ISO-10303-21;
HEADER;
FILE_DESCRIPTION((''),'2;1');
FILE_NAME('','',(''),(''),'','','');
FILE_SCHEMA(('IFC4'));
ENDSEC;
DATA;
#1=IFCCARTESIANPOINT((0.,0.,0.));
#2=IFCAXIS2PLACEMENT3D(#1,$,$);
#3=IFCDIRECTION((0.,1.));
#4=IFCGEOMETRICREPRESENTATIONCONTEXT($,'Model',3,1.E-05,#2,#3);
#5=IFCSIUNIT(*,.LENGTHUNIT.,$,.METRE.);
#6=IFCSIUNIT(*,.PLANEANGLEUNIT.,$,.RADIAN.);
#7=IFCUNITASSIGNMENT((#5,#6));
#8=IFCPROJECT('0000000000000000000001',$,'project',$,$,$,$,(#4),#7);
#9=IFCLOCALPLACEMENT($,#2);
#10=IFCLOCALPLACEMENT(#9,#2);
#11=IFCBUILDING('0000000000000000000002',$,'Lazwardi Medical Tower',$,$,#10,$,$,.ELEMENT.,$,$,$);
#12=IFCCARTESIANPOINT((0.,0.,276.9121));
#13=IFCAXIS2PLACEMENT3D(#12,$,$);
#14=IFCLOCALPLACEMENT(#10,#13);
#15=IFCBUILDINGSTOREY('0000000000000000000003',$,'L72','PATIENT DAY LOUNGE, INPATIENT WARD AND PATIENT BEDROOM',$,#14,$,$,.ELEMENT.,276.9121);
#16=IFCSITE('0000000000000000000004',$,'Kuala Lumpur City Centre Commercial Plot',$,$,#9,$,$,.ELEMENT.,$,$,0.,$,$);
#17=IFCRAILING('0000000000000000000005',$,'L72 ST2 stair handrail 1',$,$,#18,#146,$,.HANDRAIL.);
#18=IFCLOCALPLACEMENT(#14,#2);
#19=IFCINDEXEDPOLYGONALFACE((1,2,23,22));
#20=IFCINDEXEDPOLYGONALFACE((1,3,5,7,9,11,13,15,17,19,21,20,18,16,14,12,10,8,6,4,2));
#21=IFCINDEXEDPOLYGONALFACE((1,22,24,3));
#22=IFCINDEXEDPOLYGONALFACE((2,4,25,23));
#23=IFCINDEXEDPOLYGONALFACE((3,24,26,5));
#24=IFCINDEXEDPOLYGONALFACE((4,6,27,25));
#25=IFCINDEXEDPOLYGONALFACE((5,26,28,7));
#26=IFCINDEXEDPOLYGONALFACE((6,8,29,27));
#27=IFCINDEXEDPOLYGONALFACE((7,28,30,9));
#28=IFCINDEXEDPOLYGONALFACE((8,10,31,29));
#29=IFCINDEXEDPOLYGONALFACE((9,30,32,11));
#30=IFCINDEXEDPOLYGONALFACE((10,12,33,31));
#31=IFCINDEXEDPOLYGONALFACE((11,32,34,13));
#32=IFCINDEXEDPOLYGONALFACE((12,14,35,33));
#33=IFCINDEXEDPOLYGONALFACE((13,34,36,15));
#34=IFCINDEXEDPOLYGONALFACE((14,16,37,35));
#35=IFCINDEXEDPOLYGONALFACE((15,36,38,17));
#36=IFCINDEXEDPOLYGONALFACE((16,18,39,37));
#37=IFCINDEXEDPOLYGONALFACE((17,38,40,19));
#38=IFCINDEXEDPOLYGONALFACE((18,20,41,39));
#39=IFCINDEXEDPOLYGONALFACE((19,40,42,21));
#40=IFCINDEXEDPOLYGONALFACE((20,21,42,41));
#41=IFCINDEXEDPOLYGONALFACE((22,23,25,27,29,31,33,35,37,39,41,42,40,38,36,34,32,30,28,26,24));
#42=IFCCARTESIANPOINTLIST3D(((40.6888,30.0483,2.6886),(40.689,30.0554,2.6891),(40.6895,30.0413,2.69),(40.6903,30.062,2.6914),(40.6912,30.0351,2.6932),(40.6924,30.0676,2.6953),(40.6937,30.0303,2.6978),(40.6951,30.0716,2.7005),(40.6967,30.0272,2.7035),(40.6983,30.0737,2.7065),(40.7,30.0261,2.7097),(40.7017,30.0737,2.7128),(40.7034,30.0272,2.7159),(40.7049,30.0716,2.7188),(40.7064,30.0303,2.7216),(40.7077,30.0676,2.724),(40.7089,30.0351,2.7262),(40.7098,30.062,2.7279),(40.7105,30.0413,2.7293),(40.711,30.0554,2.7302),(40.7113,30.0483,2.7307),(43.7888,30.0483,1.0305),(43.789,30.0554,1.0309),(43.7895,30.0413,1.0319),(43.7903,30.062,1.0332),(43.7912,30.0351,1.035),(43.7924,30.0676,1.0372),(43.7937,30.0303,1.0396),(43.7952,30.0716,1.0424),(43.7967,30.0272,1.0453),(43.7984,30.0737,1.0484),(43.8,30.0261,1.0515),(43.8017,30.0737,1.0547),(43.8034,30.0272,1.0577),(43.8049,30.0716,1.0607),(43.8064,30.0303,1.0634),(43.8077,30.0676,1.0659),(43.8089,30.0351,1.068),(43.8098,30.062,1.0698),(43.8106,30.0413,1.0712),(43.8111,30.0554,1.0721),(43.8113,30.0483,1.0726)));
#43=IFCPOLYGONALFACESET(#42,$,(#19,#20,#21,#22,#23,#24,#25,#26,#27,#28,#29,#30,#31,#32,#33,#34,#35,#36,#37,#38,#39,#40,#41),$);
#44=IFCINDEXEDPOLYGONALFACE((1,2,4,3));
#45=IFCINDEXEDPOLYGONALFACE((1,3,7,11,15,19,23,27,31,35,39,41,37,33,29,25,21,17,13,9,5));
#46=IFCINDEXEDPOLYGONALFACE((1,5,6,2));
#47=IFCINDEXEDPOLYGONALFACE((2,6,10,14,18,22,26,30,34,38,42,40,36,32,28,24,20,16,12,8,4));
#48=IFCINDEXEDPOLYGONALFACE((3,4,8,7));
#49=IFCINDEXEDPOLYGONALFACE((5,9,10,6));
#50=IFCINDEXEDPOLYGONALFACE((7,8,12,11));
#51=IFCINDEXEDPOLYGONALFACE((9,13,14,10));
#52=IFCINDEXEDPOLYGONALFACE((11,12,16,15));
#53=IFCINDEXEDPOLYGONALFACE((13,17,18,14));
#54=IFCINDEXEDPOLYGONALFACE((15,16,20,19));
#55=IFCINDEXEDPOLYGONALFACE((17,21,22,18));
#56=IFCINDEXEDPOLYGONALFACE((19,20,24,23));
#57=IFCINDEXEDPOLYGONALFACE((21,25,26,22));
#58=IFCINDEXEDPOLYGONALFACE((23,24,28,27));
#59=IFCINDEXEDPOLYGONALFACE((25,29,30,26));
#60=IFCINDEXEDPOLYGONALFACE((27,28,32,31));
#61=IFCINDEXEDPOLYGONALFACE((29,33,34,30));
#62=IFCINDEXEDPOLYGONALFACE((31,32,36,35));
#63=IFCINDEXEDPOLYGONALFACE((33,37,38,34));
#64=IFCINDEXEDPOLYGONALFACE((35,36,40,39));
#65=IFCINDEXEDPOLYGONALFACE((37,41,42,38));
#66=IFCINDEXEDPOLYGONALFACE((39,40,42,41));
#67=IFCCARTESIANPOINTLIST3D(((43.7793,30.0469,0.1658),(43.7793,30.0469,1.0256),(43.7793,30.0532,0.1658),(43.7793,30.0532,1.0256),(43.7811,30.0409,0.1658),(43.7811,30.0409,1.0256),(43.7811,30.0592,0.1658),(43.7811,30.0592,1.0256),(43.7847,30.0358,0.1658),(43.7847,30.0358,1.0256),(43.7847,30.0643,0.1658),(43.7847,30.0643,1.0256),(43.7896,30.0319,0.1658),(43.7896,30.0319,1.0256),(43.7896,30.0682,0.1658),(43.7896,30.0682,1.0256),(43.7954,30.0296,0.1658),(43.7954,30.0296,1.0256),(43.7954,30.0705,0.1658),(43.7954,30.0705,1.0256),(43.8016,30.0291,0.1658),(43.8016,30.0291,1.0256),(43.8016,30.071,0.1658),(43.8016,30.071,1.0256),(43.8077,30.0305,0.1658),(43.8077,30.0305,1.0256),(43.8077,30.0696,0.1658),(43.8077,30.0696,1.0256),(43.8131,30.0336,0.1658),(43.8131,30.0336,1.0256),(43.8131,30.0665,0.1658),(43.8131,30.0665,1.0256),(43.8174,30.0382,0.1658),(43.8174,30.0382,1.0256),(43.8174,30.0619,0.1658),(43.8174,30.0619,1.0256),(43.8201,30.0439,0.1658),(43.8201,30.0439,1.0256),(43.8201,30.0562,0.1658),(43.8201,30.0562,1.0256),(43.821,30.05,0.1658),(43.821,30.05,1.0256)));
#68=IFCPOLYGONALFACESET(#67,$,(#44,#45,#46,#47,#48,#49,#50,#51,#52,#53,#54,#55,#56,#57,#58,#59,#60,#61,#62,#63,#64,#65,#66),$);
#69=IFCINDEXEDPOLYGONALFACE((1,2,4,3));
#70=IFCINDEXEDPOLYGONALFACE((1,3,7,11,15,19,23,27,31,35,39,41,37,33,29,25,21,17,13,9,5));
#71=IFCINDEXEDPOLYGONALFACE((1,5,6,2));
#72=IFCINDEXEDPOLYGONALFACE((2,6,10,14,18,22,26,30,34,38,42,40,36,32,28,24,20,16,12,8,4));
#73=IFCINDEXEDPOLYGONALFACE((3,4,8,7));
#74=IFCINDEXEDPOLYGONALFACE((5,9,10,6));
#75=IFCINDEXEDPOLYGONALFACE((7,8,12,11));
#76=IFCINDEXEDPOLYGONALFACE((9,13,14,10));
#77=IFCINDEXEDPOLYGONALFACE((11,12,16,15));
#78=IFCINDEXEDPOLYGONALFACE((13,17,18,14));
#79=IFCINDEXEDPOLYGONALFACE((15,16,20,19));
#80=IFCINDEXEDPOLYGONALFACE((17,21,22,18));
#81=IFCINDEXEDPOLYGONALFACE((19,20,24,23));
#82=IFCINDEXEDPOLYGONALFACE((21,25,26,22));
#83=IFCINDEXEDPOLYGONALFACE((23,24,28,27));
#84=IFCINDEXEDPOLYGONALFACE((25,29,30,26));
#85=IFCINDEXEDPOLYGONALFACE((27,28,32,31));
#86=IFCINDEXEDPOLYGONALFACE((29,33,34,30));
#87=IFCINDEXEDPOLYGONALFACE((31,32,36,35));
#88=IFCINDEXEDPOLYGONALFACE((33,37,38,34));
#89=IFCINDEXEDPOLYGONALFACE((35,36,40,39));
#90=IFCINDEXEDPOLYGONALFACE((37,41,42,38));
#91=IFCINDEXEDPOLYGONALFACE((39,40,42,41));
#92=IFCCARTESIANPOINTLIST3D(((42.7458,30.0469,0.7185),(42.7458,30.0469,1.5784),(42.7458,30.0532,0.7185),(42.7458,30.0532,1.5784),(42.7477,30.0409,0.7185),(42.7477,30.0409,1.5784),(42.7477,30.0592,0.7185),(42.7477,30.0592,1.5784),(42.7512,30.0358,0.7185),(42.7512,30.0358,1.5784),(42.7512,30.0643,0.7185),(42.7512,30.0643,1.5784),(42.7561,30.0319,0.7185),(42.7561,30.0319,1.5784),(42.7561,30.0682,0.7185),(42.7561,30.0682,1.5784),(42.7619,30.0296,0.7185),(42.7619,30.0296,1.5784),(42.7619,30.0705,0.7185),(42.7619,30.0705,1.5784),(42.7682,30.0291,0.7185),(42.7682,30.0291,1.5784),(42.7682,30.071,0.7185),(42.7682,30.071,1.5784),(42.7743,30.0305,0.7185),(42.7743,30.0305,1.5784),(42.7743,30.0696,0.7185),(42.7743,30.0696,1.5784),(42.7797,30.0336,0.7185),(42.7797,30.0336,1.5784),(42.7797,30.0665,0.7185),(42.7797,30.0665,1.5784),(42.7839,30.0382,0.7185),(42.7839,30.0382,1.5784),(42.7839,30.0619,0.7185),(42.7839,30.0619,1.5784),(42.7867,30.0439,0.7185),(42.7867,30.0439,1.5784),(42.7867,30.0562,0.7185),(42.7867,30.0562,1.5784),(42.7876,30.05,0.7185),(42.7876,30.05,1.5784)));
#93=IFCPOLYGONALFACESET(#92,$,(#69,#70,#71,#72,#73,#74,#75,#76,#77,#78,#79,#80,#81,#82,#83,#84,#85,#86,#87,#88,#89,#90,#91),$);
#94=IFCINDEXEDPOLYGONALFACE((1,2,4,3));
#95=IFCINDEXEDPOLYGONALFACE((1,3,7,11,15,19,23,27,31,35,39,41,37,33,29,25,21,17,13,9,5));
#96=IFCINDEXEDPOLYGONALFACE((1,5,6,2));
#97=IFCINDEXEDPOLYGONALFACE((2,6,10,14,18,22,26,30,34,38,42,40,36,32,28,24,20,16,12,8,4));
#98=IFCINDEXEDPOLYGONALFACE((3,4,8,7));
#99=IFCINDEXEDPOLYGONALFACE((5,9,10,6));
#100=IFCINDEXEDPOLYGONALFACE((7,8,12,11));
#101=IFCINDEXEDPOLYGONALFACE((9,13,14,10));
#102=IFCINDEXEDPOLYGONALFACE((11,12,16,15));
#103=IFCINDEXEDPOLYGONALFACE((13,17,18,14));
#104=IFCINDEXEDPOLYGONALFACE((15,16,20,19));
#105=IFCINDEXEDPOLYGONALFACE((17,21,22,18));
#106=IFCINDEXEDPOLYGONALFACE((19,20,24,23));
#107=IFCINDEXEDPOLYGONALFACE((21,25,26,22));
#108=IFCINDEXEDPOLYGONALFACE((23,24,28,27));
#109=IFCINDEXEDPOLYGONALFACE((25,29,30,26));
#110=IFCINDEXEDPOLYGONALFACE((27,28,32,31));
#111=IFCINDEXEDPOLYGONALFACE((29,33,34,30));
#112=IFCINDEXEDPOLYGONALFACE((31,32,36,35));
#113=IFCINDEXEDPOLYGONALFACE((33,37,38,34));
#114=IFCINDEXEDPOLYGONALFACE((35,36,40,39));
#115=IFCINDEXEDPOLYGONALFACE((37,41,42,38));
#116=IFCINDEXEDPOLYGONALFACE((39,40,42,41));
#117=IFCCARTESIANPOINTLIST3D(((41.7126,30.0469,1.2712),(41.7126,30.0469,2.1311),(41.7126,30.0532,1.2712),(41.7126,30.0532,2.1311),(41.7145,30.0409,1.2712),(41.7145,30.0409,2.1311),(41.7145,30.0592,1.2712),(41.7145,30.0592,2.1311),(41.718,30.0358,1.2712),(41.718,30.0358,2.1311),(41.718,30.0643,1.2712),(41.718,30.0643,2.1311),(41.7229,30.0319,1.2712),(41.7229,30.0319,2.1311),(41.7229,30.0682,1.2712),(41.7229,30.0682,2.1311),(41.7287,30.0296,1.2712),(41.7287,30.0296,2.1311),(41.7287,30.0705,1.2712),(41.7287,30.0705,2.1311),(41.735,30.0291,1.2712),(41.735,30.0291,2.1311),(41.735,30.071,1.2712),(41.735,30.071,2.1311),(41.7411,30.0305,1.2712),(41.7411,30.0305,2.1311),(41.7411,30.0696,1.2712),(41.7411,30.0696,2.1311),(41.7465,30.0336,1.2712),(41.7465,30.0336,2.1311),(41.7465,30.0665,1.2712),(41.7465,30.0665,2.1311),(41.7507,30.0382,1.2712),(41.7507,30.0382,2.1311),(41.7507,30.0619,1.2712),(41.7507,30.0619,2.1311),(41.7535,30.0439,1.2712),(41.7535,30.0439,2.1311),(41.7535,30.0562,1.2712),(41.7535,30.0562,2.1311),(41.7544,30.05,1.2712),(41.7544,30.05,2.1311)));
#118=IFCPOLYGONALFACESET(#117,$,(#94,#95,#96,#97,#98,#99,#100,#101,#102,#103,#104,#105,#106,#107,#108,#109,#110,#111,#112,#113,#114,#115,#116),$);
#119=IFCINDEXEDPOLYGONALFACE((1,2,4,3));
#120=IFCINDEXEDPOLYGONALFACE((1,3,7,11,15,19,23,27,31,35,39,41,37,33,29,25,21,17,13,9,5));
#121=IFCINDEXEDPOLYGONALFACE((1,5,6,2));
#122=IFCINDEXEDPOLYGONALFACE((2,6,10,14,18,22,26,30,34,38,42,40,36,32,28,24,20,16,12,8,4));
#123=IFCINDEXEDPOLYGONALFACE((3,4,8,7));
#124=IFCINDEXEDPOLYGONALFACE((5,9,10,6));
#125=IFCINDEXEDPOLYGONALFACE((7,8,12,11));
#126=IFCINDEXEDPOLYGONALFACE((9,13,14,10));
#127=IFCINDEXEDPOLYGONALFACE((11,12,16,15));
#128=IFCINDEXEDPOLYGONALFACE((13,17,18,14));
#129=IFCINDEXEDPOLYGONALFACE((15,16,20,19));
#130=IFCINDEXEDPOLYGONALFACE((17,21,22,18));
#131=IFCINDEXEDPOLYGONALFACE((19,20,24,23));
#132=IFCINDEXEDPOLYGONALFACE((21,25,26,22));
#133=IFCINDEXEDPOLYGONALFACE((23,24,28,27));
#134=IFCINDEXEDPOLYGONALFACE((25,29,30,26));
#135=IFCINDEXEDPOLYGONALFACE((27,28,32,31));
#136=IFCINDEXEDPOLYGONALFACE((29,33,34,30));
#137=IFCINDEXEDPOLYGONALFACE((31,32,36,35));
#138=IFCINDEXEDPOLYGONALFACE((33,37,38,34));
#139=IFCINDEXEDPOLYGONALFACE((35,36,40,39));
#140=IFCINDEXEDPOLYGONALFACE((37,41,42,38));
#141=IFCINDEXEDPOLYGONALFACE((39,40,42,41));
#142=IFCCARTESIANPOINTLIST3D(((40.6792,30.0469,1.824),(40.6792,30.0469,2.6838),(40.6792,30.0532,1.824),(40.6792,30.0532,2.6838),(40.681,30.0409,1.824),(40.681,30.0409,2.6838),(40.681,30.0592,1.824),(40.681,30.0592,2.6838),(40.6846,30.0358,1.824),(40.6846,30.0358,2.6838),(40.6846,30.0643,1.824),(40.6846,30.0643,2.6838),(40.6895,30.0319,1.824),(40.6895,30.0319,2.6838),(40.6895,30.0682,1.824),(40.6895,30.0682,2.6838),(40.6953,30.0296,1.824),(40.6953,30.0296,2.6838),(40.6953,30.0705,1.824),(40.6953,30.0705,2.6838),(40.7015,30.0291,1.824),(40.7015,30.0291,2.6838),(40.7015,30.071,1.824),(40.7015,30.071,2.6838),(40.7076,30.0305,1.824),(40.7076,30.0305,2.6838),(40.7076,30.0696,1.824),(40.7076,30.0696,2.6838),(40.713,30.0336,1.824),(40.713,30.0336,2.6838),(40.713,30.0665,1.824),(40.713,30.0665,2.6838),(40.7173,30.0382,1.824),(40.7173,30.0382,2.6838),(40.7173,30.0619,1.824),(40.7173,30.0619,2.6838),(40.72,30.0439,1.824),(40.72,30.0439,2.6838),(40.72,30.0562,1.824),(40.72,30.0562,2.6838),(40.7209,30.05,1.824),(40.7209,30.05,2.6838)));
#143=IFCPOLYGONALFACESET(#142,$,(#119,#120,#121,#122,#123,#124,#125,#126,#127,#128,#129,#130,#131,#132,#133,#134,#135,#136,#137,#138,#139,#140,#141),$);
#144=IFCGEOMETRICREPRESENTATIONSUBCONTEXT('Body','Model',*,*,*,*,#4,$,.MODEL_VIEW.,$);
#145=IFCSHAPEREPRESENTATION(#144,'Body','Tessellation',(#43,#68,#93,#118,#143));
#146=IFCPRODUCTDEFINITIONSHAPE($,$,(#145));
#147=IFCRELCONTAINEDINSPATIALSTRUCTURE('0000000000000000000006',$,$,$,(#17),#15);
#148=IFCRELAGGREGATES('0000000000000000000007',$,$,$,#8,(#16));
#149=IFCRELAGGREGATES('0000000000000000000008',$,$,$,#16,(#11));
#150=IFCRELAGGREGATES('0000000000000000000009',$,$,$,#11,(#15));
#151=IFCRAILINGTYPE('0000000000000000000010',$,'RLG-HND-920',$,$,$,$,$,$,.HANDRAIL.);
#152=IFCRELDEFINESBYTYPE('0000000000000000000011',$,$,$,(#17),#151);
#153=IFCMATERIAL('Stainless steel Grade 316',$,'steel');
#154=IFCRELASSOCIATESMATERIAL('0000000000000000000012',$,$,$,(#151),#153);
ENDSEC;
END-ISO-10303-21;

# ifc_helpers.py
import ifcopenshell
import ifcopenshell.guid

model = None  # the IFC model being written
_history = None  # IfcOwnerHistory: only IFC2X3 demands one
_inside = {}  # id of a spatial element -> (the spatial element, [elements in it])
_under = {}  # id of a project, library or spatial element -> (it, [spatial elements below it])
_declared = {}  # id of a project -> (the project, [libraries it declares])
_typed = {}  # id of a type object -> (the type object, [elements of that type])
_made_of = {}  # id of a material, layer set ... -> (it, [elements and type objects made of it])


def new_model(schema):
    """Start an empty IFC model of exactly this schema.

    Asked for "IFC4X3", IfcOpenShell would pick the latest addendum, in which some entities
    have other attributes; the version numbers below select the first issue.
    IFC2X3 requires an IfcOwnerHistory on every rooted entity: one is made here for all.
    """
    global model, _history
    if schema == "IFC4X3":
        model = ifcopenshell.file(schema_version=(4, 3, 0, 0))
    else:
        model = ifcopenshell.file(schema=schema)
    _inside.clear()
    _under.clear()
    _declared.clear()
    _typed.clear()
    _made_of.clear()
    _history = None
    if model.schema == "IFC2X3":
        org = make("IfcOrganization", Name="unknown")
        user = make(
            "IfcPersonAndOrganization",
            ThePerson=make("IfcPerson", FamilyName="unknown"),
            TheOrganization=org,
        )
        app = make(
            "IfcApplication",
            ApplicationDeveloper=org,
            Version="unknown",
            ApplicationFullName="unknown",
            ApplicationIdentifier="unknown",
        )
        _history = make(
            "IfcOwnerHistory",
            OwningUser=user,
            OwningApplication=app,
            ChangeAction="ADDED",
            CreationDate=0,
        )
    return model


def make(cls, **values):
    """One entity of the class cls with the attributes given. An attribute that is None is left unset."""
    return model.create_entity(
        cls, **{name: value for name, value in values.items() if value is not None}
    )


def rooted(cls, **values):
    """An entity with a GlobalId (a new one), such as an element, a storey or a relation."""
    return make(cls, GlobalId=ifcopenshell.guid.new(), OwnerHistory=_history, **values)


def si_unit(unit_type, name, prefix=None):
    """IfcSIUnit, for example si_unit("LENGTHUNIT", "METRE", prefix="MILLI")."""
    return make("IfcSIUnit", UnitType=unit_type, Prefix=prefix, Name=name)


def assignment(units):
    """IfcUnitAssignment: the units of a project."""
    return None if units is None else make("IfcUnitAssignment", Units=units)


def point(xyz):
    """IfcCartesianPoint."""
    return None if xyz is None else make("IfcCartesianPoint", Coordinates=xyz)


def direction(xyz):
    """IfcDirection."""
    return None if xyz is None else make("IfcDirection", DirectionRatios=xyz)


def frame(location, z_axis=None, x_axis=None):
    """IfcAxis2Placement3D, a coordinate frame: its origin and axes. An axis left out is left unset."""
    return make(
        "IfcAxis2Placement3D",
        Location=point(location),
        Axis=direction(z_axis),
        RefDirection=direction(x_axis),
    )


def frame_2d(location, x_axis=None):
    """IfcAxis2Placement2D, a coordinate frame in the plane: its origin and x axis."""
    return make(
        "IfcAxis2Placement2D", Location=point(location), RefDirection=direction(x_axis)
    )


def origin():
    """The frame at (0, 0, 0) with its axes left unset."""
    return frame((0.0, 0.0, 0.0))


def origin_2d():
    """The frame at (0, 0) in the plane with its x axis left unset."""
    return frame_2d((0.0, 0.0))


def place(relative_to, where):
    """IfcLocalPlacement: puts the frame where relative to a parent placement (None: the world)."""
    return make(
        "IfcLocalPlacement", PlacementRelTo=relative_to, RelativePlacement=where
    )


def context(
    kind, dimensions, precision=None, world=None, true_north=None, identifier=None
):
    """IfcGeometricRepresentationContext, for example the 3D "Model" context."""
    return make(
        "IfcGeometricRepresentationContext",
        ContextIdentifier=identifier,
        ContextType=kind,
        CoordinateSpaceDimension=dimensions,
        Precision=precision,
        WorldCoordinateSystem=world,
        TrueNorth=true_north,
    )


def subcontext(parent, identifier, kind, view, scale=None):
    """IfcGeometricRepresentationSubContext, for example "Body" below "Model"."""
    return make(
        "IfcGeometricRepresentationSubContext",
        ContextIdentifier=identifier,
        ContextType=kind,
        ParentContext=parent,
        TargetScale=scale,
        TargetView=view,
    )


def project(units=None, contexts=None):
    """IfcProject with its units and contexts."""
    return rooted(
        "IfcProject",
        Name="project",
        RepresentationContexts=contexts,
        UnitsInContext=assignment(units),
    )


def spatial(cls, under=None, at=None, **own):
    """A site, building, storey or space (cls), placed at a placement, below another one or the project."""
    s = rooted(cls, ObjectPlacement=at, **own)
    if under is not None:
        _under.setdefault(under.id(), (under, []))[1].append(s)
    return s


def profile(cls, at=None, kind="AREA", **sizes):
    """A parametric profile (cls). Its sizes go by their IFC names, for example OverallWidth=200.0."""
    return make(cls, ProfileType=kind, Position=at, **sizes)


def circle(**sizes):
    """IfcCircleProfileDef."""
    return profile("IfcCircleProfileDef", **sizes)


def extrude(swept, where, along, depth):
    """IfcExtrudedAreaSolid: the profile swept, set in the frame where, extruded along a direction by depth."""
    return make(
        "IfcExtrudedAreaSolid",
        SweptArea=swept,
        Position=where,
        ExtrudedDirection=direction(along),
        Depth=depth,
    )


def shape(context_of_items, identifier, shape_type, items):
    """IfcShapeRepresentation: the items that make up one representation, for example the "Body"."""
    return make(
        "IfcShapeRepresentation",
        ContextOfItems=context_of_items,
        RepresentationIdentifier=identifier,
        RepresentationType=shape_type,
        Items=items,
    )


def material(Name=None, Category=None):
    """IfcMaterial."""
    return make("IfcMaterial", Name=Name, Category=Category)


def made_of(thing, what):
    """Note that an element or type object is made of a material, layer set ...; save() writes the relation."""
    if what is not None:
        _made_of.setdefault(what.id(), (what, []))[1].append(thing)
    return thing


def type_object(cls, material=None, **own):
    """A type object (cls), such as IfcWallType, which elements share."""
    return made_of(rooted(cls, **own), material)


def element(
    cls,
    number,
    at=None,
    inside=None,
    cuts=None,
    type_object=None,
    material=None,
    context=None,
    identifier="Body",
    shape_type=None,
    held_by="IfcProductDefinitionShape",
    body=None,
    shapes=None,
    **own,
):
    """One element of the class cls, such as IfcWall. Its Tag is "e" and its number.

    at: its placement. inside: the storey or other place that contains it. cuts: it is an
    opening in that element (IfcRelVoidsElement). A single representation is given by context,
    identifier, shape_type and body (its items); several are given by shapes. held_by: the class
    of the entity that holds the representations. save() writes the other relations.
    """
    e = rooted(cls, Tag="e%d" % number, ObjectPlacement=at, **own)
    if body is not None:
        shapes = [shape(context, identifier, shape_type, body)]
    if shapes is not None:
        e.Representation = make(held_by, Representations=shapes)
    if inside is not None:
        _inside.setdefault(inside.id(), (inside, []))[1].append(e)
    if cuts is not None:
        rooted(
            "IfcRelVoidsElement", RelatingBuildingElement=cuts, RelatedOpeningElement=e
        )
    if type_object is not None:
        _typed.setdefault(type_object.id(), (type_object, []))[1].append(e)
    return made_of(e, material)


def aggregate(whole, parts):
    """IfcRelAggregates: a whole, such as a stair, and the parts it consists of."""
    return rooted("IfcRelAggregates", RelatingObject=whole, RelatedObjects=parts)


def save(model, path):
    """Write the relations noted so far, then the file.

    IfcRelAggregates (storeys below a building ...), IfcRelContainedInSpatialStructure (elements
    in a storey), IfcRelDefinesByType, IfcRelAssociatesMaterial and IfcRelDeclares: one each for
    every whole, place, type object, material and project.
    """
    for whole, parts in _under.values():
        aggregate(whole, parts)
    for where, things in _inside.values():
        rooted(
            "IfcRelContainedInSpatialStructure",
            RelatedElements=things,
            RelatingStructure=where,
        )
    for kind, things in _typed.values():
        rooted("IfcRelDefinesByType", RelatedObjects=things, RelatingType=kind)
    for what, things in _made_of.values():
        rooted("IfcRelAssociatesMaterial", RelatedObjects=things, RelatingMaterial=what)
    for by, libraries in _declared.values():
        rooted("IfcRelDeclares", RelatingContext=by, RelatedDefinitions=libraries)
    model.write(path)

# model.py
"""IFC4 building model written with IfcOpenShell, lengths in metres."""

from ifc_helpers import new_model, si_unit, direction, frame, origin, origin_2d, place, context, subcontext, project, spatial, circle, extrude, material, type_object, element, save


model = new_model("IFC4")

# Units and contexts
model_context = context("Model", 3, precision=1e-05, world=origin(), true_north=direction((0.0, 1.0)))
body_context = subcontext(model_context, "Body", "Model", "MODEL_VIEW")
ifc_project = project(units=[si_unit("LENGTHUNIT", "METRE"), si_unit("PLANEANGLEUNIT", "RADIAN")], contexts=[model_context])

# Site, building, storey
site_placement = place(None, origin())
site = spatial("IfcSite", under=ifc_project, at=site_placement, Name="Kuala Lumpur City Centre Commercial Plot", CompositionType="ELEMENT", RefElevation=0.0)
building_placement = place(site_placement, origin())
building = spatial("IfcBuilding", under=site, at=building_placement, Name="Lazwardi Medical Tower", CompositionType="ELEMENT")
storey_placement = place(building_placement, frame((0.0, 0.0, 276.9121)))
storey = spatial("IfcBuildingStorey", under=building, at=storey_placement, Name="L72", Description="PATIENT DAY LOUNGE, INPATIENT WARD AND PATIENT BEDROOM", CompositionType="ELEMENT", Elevation=276.9121)

# Railing
ifc_material_1 = material(Name="Stainless steel Grade 316", Category="steel")
railing_type_1 = type_object("IfcRailingType", Name="RLG-HND-920", PredefinedType="HANDRAIL", material=ifc_material_1)
railing_1_placement = place(storey_placement, frame((43.8, 30.05, 0.1658)))
element("IfcRailing", 1, at=railing_1_placement, inside=storey, type_object=railing_type_1, Name="L72 ST2 stair handrail 1", PredefinedType="HANDRAIL", context=body_context, shape_type="SweptSolid", body=[
    extrude(circle(Radius=0.0239, at=origin_2d()), frame((0.0, 0.0, 0.8857), z_axis=(-0.881783, 0.0, 0.471655), x_axis=(0.0, -1.0, 0.0)), (0.0, 0.0, 1.0), 3.5156),
    extrude(circle(Radius=0.021, at=origin_2d()), origin(), (0.0, 0.0, 1.0), 0.8599),
    extrude(circle(Radius=0.021, at=origin_2d()), frame((-1.0334, 0.0, 0.5527)), (0.0, 0.0, 1.0), 0.8599),
    extrude(circle(Radius=0.021, at=origin_2d()), frame((-2.0667, 0.0, 1.1055)), (0.0, 0.0, 1.0), 0.8599),
    extrude(circle(Radius=0.021, at=origin_2d()), frame((-3.1001, 0.0, 1.6582)), (0.0, 0.0, 1.0), 0.8599),
])

save(model, "model.ifc")
